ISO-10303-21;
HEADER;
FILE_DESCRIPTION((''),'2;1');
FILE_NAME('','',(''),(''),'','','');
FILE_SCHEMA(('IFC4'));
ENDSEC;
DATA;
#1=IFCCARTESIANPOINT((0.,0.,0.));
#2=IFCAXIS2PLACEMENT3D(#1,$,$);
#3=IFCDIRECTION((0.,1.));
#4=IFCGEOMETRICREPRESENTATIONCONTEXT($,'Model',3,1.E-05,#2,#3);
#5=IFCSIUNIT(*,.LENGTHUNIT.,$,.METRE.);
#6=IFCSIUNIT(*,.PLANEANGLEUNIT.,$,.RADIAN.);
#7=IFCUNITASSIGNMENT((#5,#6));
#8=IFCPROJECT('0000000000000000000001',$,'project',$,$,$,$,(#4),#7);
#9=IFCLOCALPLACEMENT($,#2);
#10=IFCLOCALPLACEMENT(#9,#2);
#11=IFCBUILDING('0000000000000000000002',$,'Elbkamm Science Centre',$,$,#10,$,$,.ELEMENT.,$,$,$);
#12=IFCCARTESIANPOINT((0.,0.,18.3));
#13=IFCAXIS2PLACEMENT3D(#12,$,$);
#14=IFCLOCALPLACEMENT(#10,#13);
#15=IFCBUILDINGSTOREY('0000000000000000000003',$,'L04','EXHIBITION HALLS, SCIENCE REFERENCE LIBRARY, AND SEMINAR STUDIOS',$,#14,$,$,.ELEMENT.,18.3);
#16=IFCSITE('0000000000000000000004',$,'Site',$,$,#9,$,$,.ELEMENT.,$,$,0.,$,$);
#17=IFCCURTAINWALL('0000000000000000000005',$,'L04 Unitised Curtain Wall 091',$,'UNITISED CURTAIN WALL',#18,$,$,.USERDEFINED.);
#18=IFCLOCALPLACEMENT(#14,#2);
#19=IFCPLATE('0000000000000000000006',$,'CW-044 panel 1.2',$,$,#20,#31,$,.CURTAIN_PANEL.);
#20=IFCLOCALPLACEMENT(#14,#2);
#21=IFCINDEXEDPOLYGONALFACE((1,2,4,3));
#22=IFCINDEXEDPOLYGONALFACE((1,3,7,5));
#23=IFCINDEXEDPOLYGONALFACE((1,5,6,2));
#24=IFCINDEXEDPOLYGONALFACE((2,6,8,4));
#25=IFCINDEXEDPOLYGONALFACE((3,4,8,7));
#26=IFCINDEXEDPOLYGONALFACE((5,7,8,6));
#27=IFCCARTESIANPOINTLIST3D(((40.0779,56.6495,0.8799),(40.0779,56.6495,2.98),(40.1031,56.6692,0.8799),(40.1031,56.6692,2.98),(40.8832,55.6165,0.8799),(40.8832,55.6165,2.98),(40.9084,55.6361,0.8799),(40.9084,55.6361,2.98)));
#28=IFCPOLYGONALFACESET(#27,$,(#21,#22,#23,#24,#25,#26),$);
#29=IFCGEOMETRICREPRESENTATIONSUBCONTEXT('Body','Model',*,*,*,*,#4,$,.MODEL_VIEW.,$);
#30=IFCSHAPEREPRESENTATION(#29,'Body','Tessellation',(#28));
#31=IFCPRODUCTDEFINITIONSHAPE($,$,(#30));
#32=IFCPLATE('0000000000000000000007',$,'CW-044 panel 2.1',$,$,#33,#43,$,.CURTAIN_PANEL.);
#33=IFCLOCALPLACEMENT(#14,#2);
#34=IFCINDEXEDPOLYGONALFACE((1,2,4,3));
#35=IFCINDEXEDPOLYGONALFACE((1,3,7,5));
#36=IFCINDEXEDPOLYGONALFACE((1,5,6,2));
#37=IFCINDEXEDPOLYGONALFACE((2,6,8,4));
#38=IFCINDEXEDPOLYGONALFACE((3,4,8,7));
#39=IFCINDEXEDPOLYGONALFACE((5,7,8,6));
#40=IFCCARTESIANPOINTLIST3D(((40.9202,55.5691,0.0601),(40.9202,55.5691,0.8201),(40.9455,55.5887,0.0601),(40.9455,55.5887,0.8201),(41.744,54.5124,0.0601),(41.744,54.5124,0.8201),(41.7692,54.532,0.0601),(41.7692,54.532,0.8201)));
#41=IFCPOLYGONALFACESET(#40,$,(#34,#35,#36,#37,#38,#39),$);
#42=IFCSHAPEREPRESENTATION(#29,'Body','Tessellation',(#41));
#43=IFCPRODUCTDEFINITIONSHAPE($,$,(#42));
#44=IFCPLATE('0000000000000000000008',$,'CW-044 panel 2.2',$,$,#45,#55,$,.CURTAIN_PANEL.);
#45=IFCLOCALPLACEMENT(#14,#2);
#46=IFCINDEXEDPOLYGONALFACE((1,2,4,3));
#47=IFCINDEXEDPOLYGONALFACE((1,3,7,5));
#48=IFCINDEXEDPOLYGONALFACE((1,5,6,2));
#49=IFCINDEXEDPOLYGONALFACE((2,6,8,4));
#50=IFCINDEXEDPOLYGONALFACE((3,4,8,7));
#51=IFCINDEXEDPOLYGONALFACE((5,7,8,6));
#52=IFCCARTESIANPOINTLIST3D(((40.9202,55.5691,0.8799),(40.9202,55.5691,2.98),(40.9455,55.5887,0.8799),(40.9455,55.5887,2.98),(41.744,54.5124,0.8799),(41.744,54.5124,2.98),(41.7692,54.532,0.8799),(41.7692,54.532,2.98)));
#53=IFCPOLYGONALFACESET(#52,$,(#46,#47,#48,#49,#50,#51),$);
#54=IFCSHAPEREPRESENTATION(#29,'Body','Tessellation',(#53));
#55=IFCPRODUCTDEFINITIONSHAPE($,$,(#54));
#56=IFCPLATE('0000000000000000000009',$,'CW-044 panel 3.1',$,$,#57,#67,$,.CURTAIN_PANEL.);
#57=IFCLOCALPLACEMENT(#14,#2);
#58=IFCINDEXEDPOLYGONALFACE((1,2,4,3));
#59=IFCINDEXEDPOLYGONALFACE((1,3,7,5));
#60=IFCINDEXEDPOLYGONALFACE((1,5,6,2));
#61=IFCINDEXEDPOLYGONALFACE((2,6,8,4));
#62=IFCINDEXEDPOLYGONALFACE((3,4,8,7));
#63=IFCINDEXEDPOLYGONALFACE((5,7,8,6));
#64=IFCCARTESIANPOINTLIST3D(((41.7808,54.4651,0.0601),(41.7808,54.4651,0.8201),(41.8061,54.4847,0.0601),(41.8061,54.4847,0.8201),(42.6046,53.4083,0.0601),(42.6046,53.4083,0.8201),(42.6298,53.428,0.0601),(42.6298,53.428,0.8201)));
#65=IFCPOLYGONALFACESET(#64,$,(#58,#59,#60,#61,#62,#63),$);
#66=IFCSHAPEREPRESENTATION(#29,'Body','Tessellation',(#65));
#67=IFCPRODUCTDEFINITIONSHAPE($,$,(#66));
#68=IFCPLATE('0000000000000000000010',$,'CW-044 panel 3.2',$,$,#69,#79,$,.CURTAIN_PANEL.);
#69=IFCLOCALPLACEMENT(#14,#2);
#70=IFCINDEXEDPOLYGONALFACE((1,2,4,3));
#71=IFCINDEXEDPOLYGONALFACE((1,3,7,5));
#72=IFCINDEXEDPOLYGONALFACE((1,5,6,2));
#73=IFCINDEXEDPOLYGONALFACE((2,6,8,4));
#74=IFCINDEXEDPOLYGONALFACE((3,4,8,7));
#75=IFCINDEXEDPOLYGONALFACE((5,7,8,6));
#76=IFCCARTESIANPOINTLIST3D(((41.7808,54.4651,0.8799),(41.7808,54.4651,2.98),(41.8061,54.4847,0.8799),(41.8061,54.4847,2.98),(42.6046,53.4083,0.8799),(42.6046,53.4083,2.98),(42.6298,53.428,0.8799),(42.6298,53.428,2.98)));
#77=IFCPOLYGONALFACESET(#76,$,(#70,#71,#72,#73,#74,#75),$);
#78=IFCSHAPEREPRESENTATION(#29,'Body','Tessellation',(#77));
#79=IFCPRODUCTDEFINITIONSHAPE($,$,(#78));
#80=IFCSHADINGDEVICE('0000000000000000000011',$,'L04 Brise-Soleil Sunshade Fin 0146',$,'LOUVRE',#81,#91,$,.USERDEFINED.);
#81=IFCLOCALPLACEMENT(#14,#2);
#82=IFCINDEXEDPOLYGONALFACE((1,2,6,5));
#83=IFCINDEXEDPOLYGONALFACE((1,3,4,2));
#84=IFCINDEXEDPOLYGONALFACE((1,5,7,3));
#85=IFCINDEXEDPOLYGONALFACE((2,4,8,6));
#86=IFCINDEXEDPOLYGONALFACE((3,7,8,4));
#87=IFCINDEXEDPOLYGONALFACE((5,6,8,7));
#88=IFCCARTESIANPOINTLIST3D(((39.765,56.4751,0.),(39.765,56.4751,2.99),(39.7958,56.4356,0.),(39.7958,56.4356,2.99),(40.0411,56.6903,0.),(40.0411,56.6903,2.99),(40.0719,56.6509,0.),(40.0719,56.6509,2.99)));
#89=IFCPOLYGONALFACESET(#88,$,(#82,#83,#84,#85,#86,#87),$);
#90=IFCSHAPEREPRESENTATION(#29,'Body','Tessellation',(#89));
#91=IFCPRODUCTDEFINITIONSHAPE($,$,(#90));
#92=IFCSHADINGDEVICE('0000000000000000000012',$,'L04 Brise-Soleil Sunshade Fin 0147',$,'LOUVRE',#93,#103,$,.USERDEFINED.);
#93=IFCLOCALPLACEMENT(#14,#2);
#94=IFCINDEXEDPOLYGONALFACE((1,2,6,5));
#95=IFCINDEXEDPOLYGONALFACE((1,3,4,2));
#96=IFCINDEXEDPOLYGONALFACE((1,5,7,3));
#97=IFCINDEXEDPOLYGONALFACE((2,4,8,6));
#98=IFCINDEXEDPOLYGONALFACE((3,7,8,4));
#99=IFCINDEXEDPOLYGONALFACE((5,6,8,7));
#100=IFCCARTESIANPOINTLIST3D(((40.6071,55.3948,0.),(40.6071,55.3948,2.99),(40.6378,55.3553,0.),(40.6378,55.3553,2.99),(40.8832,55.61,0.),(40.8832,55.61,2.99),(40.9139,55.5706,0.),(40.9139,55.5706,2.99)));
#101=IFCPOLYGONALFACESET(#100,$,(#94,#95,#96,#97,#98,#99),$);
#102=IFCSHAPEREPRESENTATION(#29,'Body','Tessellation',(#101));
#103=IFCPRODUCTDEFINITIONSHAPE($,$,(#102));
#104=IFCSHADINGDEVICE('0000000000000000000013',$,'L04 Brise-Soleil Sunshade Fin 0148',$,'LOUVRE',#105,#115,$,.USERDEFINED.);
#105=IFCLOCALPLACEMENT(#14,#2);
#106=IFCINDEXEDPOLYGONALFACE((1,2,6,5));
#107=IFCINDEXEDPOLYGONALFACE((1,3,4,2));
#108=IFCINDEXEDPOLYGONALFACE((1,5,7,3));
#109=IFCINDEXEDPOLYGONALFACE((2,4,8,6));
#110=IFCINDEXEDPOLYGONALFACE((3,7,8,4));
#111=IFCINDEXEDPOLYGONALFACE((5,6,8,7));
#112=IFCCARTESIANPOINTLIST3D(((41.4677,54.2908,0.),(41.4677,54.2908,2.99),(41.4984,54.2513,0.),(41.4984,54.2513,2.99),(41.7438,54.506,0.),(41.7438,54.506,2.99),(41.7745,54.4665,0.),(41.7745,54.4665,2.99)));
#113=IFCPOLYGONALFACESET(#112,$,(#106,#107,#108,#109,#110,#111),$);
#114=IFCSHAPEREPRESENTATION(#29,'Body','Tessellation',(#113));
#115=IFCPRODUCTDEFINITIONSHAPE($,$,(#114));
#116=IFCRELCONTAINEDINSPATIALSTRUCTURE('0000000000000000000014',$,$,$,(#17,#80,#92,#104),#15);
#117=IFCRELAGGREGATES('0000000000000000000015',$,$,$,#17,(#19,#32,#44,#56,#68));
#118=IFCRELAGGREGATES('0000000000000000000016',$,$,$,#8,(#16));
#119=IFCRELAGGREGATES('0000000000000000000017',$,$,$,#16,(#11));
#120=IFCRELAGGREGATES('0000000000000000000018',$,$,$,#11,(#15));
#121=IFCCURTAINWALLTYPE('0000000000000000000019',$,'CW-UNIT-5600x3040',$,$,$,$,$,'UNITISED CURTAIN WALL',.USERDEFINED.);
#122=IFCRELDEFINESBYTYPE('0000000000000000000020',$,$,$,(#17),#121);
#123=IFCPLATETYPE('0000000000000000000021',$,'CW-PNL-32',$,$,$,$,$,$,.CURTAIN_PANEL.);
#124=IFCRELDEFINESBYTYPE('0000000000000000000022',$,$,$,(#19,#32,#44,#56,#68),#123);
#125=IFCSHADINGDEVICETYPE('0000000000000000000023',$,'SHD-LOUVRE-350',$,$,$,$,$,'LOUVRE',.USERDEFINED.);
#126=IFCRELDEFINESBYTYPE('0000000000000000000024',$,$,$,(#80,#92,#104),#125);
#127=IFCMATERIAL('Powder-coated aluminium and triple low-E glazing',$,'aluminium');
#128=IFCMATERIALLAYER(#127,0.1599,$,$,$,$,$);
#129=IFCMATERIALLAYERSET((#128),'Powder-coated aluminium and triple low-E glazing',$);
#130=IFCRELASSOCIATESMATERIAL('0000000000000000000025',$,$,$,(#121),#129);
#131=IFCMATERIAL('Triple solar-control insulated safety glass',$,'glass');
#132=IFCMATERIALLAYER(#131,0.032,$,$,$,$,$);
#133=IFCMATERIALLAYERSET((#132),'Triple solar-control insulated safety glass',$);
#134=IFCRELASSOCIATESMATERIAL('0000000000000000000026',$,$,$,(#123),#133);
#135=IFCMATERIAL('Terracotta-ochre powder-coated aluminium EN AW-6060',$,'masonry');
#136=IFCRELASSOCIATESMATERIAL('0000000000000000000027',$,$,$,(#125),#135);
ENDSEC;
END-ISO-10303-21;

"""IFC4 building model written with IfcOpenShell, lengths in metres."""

from ifc_helpers import new_model, si_unit, direction, frame, origin, origin_2d, place, context, subcontext, project, spatial, rectangle, extrude, material, layer, layer_set, type_object, element, aggregate, save


model = new_model("IFC4")

# Units and contexts
model_context = context("Model", 3, precision=1e-05, world=origin(), true_north=direction((0.0, 1.0)))
body_context = subcontext(model_context, "Body", "Model", "MODEL_VIEW")
ifc_project = project(units=[si_unit("LENGTHUNIT", "METRE"), si_unit("PLANEANGLEUNIT", "RADIAN")], contexts=[model_context])

# Site, building, storey
site_placement = place(None, origin())
site = spatial("IfcSite", under=ifc_project, at=site_placement, Name="Site", CompositionType="ELEMENT", RefElevation=0.0)
building_placement = place(site_placement, origin())
building = spatial("IfcBuilding", under=site, at=building_placement, Name="Elbkamm Science Centre", CompositionType="ELEMENT")
storey_placement = place(building_placement, frame((0.0, 0.0, 18.3)))
storey = spatial("IfcBuildingStorey", under=building, at=storey_placement, Name="L04", Description="EXHIBITION HALLS, SCIENCE REFERENCE LIBRARY, AND SEMINAR STUDIOS", CompositionType="ELEMENT", Elevation=18.3)

# Shared definitions
ifc_material_1 = material(Name="Powder-coated aluminium and triple low-E glazing", Category="aluminium")

# Curtain wall, plates
ifc_layer_1 = layer(ifc_material_1, 0.1599)
ifc_layer_set_1 = layer_set([ifc_layer_1], Name="Powder-coated aluminium and triple low-E glazing")
curtain_wall_type_1 = type_object("IfcCurtainWallType", Name="CW-UNIT-5600x3040", ElementType="UNITISED CURTAIN WALL", PredefinedType="USERDEFINED", material=ifc_layer_set_1)
curtain_wall_1_placement = place(storey_placement, origin())
curtain_wall_1 = element("IfcCurtainWall", 1, at=curtain_wall_1_placement, inside=storey, type_object=curtain_wall_type_1, Name="L04 Unitised Curtain Wall 091", ObjectType="UNITISED CURTAIN WALL", PredefinedType="USERDEFINED")
ifc_material_2 = material(Name="Triple solar-control insulated safety glass", Category="glass")
ifc_layer_2 = layer(ifc_material_2, 0.032)
ifc_layer_set_2 = layer_set([ifc_layer_2], Name="Triple solar-control insulated safety glass")
plate_type = type_object("IfcPlateType", Name="CW-PNL-32", PredefinedType="CURTAIN_PANEL", material=ifc_layer_set_2)
plate_1_placement = place(storey_placement, frame((40.4932, 56.1428, 0.8799), z_axis=(0.0, 0.0, 1.0), x_axis=(0.614806, -0.788679, 0.0)))
plate_1 = element("IfcPlate", 2, at=plate_1_placement, type_object=plate_type, Name="CW-044 panel 1.2", PredefinedType="CURTAIN_PANEL", context=body_context, shape_type="SweptSolid", body=[
    extrude(rectangle(XDim=1.3098, YDim=0.032, at=origin_2d()), origin(), (0.0, 0.0, 1.0), 2.1001),
])
plate_2_placement = place(storey_placement, frame((41.3447, 55.0505, 0.0601), z_axis=(0.0, 0.0, 1.0), x_axis=(0.614806, -0.788679, 0.0)))
plate_2 = element("IfcPlate", 3, at=plate_2_placement, type_object=plate_type, Name="CW-044 panel 2.1", PredefinedType="CURTAIN_PANEL", context=body_context, shape_type="SweptSolid", body=[
    extrude(rectangle(XDim=1.3398, YDim=0.032, at=origin_2d()), origin(), (0.0, 0.0, 1.0), 0.76),
])
plate_3_placement = place(storey_placement, frame((41.3447, 55.0505, 0.8799), z_axis=(0.0, 0.0, 1.0), x_axis=(0.614806, -0.788679, 0.0)))
plate_3 = element("IfcPlate", 4, at=plate_3_placement, type_object=plate_type, Name="CW-044 panel 2.2", PredefinedType="CURTAIN_PANEL", context=body_context, shape_type="SweptSolid", body=[
    extrude(rectangle(XDim=1.3398, YDim=0.032, at=origin_2d()), origin(), (0.0, 0.0, 1.0), 2.1001),
])
plate_4_placement = place(storey_placement, frame((42.2053, 53.9465, 0.0601), z_axis=(0.0, 0.0, 1.0), x_axis=(0.614806, -0.788679, 0.0)))
plate_4 = element("IfcPlate", 5, at=plate_4_placement, type_object=plate_type, Name="CW-044 panel 3.1", PredefinedType="CURTAIN_PANEL", context=body_context, shape_type="SweptSolid", body=[
    extrude(rectangle(XDim=1.3398, YDim=0.032, at=origin_2d()), origin(), (0.0, 0.0, 1.0), 0.76),
])
plate_5_placement = place(storey_placement, frame((42.2053, 53.9465, 0.8799), z_axis=(0.0, 0.0, 1.0), x_axis=(0.614806, -0.788679, 0.0)))
plate_5 = element("IfcPlate", 6, at=plate_5_placement, type_object=plate_type, Name="CW-044 panel 3.2", PredefinedType="CURTAIN_PANEL", context=body_context, shape_type="SweptSolid", body=[
    extrude(rectangle(XDim=1.3398, YDim=0.032, at=origin_2d()), origin(), (0.0, 0.0, 1.0), 2.1001),
])
aggregate(curtain_wall_1, [plate_1, plate_2, plate_3, plate_4, plate_5])

# Shading devices
ifc_material_3 = material(Name="Terracotta-ochre powder-coated aluminium EN AW-6060", Category="masonry")
shading_device_type = type_object("IfcShadingDeviceType", Name="SHD-LOUVRE-350", ElementType="LOUVRE", PredefinedType="USERDEFINED", material=ifc_material_3)
for number, where, z_axis, x_axis, name in (
    (7, (39.9185, 56.563, 0.0), (0.0, 0.0, 1.0), (-0.788679, -0.614806, 0.0), "L04 Brise-Soleil Sunshade Fin 0146"),
    (8, (40.7605, 55.4827, 0.0), (0.0, 0.0, 1.0), (-0.788679, -0.614806, 0.0), "L04 Brise-Soleil Sunshade Fin 0147"),
    (9, (41.6211, 54.3787, 0.0), (0.0, 0.0, 1.0), (-0.788679, -0.614806, 0.0), "L04 Brise-Soleil Sunshade Fin 0148"),
):
    element("IfcShadingDevice", number, at=place(storey_placement, frame(where, z_axis=z_axis, x_axis=x_axis)), inside=storey, type_object=shading_device_type, Name=name, ObjectType="LOUVRE", PredefinedType="USERDEFINED", context=body_context, shape_type="SweptSolid", body=[
        extrude(rectangle(XDim=0.3501, YDim=0.05, at=origin_2d()), origin(), (0.0, 0.0, 1.0), 2.99),
    ])

save(model, "model.ifc")
